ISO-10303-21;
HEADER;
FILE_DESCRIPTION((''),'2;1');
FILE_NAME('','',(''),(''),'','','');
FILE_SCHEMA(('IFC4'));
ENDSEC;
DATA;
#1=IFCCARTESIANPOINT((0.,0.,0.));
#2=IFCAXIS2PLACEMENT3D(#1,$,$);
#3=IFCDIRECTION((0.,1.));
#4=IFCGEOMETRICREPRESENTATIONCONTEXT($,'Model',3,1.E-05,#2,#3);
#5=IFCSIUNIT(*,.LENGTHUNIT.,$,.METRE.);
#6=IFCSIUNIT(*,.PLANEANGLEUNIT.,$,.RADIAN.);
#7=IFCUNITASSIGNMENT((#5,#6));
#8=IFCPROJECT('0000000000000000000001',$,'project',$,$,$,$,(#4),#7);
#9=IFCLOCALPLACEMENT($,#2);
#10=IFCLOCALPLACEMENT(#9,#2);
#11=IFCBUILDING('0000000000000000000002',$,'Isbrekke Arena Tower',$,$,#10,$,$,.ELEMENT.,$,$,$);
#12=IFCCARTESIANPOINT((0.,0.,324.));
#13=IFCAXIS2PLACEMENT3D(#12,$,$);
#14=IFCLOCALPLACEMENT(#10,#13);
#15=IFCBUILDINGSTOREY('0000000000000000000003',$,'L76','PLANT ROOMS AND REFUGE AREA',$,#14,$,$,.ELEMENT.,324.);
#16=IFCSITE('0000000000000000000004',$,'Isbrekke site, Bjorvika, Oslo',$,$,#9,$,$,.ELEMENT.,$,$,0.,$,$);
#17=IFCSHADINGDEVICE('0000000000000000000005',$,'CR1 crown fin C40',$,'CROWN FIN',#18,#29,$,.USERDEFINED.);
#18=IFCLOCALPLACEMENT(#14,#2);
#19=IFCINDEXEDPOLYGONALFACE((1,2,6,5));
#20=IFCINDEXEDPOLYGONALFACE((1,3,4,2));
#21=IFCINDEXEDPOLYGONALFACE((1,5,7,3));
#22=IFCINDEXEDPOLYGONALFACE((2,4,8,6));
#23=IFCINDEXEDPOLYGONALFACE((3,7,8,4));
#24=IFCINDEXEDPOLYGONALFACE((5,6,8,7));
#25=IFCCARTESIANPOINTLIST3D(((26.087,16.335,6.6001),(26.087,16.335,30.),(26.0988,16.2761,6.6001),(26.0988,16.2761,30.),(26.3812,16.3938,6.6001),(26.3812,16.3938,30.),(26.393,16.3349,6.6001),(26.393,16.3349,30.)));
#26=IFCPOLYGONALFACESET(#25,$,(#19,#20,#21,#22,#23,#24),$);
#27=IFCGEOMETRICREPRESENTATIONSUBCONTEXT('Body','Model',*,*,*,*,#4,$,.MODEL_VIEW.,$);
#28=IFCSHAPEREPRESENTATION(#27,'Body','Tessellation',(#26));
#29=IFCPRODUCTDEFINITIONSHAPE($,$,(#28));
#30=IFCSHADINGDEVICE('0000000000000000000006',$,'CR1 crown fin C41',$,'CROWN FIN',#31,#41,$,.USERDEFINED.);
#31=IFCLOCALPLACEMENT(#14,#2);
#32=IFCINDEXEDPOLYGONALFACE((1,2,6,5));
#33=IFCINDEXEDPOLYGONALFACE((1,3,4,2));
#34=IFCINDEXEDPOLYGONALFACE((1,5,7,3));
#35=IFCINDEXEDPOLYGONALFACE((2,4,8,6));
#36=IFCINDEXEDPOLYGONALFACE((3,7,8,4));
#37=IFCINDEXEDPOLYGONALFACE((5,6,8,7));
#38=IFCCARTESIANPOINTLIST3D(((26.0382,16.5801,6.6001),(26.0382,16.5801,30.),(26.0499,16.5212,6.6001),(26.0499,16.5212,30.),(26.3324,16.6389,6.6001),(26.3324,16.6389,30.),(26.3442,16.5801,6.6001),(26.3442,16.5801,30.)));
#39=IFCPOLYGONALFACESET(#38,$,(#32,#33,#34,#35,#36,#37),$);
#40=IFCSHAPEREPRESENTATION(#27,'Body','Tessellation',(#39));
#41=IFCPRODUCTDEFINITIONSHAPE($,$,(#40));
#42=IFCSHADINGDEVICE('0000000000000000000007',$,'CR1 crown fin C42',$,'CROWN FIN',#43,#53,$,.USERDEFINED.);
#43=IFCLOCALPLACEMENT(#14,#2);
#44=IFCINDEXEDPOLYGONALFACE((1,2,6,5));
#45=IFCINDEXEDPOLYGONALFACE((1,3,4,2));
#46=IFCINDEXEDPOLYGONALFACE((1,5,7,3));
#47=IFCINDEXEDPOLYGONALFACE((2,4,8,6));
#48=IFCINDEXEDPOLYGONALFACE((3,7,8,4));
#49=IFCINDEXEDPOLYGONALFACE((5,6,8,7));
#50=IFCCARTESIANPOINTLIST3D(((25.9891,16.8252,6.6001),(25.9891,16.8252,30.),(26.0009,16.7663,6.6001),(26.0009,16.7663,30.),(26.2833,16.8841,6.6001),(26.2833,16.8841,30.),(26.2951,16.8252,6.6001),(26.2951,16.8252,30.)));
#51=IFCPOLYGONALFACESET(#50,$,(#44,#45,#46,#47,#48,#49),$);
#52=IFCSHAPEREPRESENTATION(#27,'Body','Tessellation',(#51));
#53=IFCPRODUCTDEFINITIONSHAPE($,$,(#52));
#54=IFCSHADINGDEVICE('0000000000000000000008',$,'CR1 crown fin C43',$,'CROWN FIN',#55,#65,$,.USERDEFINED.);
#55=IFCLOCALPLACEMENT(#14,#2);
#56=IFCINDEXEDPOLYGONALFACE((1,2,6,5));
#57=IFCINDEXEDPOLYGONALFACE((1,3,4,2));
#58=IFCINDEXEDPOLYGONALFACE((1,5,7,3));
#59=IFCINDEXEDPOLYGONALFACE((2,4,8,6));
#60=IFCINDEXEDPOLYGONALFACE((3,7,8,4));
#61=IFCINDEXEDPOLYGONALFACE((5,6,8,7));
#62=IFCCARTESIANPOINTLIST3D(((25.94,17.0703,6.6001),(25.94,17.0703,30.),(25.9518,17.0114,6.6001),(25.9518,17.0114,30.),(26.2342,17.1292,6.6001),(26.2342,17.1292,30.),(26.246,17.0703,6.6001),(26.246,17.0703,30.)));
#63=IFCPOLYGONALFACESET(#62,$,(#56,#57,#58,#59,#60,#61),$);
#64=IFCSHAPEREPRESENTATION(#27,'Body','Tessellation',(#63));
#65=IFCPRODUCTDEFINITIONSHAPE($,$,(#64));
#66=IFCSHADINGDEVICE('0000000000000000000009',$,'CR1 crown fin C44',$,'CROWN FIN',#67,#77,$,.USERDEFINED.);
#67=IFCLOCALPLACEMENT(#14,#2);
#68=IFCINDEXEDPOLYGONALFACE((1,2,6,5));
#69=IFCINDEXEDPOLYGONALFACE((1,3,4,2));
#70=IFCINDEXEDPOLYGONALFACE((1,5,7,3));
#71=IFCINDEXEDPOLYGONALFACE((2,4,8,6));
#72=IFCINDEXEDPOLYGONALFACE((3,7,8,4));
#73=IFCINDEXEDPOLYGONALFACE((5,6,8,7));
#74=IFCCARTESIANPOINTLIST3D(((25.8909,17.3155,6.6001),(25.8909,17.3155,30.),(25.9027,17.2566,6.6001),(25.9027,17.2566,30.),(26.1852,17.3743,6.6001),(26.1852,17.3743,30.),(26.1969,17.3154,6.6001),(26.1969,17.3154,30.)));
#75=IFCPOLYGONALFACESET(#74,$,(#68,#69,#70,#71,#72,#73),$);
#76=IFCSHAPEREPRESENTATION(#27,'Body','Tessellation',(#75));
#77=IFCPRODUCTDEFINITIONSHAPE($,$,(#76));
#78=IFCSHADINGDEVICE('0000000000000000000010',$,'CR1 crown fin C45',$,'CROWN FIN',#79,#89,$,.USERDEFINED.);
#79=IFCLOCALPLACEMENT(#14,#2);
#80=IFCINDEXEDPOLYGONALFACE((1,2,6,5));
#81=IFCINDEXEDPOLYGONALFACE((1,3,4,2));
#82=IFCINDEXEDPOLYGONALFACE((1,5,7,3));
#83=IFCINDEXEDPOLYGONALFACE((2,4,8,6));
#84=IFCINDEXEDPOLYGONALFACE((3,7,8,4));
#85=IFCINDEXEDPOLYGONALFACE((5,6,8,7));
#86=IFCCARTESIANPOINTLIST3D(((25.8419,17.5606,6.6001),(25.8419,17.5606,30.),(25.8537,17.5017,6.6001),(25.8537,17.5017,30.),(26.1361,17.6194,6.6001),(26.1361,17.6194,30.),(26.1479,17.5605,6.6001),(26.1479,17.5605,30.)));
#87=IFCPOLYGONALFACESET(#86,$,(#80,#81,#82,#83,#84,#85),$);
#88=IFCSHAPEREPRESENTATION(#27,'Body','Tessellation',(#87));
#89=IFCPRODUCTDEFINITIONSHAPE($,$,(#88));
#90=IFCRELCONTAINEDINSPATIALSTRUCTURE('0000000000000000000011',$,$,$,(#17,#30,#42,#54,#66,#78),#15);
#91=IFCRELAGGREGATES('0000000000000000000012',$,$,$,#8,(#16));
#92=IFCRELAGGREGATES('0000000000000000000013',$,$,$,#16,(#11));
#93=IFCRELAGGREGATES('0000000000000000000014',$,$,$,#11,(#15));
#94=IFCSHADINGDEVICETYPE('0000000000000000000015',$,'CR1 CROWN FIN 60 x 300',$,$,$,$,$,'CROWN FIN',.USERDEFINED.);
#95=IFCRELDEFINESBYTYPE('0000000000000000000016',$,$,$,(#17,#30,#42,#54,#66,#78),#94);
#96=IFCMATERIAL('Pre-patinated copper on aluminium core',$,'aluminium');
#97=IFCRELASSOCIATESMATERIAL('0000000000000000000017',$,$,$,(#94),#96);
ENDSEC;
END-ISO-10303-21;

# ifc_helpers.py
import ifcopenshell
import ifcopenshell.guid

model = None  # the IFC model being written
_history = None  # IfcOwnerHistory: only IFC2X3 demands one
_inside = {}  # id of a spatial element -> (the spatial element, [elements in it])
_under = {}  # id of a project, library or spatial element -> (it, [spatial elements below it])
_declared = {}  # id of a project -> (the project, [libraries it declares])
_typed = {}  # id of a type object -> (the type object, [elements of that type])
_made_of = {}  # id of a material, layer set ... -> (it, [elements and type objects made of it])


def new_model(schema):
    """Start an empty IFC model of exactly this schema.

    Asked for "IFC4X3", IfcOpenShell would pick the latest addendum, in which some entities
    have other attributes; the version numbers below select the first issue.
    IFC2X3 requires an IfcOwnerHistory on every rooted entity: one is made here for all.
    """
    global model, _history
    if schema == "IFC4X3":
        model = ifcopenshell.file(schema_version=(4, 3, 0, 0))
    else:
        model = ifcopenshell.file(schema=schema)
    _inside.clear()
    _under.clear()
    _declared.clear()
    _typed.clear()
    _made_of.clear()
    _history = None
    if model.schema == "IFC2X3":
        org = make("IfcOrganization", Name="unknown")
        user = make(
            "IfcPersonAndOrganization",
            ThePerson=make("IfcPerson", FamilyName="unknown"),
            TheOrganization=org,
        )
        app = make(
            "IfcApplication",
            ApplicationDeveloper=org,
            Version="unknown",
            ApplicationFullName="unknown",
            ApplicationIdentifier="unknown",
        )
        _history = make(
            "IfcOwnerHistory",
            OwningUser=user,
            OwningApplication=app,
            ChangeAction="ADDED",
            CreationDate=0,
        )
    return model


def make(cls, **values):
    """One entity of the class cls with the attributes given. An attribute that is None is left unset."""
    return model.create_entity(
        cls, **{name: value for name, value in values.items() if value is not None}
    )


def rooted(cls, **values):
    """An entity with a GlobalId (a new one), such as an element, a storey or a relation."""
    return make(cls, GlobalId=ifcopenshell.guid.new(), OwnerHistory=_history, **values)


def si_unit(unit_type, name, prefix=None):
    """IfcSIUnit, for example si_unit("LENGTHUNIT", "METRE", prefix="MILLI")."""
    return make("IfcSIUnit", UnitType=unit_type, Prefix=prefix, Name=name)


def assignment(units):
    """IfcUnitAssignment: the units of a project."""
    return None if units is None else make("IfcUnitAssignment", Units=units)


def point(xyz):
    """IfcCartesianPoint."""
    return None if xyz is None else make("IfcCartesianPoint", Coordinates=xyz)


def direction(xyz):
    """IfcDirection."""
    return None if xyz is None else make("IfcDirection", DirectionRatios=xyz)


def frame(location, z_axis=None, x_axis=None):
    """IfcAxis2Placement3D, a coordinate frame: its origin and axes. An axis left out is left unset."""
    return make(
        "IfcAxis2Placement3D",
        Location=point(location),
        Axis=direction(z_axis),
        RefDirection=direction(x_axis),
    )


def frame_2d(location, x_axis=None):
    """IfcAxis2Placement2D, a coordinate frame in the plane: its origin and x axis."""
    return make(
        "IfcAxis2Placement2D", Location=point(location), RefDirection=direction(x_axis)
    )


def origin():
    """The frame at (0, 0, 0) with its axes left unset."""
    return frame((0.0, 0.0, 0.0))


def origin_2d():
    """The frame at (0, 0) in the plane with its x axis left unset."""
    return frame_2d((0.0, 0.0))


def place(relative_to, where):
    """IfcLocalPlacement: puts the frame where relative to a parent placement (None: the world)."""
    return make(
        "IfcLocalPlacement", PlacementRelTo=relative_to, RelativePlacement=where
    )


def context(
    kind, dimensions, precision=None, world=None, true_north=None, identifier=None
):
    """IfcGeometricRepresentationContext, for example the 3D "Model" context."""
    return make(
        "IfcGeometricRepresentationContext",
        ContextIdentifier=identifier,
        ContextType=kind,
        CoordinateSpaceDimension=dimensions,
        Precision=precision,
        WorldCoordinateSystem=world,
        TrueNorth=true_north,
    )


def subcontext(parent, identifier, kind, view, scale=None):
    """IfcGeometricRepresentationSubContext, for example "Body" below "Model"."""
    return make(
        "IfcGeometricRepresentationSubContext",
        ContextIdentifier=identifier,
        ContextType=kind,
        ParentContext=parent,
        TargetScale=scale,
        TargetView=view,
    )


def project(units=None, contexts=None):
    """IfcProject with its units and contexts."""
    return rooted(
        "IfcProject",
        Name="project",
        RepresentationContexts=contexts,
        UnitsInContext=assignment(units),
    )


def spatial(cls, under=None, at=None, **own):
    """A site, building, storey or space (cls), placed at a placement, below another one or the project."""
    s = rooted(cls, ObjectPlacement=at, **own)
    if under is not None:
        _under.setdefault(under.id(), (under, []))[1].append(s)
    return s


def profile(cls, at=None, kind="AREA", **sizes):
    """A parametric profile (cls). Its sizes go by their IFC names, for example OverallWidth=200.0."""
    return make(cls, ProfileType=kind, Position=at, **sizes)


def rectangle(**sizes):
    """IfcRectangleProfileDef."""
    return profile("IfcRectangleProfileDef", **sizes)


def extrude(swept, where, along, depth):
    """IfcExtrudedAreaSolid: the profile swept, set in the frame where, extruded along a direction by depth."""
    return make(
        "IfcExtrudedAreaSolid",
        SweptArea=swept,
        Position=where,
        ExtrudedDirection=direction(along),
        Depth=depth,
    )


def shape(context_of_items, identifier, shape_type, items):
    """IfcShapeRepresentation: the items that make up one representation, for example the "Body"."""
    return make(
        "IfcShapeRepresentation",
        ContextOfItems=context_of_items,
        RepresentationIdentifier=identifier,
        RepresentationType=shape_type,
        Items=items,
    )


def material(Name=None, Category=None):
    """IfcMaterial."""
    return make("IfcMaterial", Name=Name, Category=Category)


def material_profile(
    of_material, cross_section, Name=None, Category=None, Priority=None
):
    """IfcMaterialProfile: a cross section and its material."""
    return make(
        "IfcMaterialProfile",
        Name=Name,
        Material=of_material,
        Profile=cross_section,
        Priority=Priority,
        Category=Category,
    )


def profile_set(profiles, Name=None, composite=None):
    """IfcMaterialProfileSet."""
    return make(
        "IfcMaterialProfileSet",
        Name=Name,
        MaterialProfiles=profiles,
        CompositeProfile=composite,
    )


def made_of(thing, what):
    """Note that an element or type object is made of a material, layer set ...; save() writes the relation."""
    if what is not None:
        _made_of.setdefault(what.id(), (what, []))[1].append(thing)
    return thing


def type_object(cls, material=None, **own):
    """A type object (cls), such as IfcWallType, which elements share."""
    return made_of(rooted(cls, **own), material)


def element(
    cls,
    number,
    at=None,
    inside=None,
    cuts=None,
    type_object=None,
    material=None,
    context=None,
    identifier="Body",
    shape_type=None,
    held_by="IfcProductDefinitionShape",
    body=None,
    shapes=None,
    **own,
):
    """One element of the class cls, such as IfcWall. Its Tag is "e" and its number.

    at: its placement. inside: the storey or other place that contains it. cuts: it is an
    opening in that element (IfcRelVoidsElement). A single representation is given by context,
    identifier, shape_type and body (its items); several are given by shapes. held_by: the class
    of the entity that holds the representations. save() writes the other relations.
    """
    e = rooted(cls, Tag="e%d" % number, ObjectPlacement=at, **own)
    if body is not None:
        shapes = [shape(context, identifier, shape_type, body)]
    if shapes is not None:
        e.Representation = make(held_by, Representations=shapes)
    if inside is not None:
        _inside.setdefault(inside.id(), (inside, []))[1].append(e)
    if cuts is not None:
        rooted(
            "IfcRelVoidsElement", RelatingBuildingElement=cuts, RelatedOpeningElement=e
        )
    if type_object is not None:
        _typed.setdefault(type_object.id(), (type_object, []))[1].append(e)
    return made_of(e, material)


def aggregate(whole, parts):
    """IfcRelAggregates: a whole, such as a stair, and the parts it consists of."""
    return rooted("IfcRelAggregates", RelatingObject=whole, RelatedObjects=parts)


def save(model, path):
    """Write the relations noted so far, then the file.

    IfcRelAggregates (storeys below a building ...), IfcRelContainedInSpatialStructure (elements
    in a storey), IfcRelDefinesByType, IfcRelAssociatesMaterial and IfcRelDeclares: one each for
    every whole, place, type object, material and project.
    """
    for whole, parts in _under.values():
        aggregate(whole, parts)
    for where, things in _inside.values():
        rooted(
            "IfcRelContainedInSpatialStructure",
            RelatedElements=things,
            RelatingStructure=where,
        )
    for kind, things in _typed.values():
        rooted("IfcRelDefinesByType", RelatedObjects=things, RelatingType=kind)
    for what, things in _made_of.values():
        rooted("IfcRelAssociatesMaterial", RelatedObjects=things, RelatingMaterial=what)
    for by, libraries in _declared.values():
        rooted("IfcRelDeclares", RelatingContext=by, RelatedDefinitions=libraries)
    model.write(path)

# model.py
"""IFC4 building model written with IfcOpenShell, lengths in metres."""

from ifc_helpers import new_model, si_unit, direction, frame, origin, origin_2d, place, context, subcontext, project, spatial, rectangle, extrude, material, material_profile, profile_set, type_object, element, save


model = new_model("IFC4")

# Units and contexts
model_context = context("Model", 3, precision=1e-05, world=origin(), true_north=direction((0.0, 1.0)))
body_context = subcontext(model_context, "Body", "Model", "MODEL_VIEW")
ifc_project = project(units=[si_unit("LENGTHUNIT", "METRE"), si_unit("PLANEANGLEUNIT", "RADIAN")], contexts=[model_context])

# Site, building, storey
site_placement = place(None, origin())
site = spatial("IfcSite", under=ifc_project, at=site_placement, Name="Isbrekke site, Bjorvika, Oslo", CompositionType="ELEMENT", RefElevation=0.0)
building_placement = place(site_placement, origin())
building = spatial("IfcBuilding", under=site, at=building_placement, Name="Isbrekke Arena Tower", CompositionType="ELEMENT")
storey_placement = place(building_placement, frame((0.0, 0.0, 324.0)))
storey = spatial("IfcBuildingStorey", under=building, at=storey_placement, Name="L76", Description="PLANT ROOMS AND REFUGE AREA", CompositionType="ELEMENT", Elevation=324.0)

# Shading devices
ifc_material_1 = material(Name="Pre-patinated copper on aluminium core", Category="aluminium")
ifc_material_profile_1 = material_profile(ifc_material_1, rectangle(XDim=0.0601, YDim=0.3, at=origin_2d()), Name="FIN 60X300")
ifc_profile_set_1 = profile_set([ifc_material_profile_1], Name="Pre-patinated copper on aluminium core")
shading_device_type = type_object("IfcShadingDeviceType", Name="CR1 CROWN FIN 60 x 300", ElementType="CROWN FIN", PredefinedType="USERDEFINED", material=ifc_profile_set_1)
for number, where, z_axis, x_axis, name in (
    (1, (26.24, 16.335, 6.6001), (0.0, 0.0, 1.0), (-0.196116, 0.980581, 0.0), "CR1 crown fin C40"),
    (2, (26.1912, 16.5801, 6.6001), (0.0, 0.0, 1.0), (-0.196116, 0.980581, 0.0), "CR1 crown fin C41"),
    (3, (26.1421, 16.8252, 6.6001), (0.0, 0.0, 1.0), (-0.196116, 0.980581, 0.0), "CR1 crown fin C42"),
    (4, (26.093, 17.0703, 6.6001), (0.0, 0.0, 1.0), (-0.196116, 0.980581, 0.0), "CR1 crown fin C43"),
    (5, (26.0439, 17.3154, 6.6001), (0.0, 0.0, 1.0), (-0.196116, 0.980581, 0.0), "CR1 crown fin C44"),
    (6, (25.9949, 17.5605, 6.6001), (0.0, 0.0, 1.0), (-0.196116, 0.980581, 0.0), "CR1 crown fin C45"),
):
    element("IfcShadingDevice", number, at=place(storey_placement, frame(where, z_axis=z_axis, x_axis=x_axis)), inside=storey, type_object=shading_device_type, Name=name, ObjectType="CROWN FIN", PredefinedType="USERDEFINED", context=body_context, shape_type="SweptSolid", body=[
        extrude(rectangle(XDim=0.0601, YDim=0.3, at=origin_2d()), origin(), (0.0, 0.0, 1.0), 23.3999),
    ])

save(model, "model.ifc")
